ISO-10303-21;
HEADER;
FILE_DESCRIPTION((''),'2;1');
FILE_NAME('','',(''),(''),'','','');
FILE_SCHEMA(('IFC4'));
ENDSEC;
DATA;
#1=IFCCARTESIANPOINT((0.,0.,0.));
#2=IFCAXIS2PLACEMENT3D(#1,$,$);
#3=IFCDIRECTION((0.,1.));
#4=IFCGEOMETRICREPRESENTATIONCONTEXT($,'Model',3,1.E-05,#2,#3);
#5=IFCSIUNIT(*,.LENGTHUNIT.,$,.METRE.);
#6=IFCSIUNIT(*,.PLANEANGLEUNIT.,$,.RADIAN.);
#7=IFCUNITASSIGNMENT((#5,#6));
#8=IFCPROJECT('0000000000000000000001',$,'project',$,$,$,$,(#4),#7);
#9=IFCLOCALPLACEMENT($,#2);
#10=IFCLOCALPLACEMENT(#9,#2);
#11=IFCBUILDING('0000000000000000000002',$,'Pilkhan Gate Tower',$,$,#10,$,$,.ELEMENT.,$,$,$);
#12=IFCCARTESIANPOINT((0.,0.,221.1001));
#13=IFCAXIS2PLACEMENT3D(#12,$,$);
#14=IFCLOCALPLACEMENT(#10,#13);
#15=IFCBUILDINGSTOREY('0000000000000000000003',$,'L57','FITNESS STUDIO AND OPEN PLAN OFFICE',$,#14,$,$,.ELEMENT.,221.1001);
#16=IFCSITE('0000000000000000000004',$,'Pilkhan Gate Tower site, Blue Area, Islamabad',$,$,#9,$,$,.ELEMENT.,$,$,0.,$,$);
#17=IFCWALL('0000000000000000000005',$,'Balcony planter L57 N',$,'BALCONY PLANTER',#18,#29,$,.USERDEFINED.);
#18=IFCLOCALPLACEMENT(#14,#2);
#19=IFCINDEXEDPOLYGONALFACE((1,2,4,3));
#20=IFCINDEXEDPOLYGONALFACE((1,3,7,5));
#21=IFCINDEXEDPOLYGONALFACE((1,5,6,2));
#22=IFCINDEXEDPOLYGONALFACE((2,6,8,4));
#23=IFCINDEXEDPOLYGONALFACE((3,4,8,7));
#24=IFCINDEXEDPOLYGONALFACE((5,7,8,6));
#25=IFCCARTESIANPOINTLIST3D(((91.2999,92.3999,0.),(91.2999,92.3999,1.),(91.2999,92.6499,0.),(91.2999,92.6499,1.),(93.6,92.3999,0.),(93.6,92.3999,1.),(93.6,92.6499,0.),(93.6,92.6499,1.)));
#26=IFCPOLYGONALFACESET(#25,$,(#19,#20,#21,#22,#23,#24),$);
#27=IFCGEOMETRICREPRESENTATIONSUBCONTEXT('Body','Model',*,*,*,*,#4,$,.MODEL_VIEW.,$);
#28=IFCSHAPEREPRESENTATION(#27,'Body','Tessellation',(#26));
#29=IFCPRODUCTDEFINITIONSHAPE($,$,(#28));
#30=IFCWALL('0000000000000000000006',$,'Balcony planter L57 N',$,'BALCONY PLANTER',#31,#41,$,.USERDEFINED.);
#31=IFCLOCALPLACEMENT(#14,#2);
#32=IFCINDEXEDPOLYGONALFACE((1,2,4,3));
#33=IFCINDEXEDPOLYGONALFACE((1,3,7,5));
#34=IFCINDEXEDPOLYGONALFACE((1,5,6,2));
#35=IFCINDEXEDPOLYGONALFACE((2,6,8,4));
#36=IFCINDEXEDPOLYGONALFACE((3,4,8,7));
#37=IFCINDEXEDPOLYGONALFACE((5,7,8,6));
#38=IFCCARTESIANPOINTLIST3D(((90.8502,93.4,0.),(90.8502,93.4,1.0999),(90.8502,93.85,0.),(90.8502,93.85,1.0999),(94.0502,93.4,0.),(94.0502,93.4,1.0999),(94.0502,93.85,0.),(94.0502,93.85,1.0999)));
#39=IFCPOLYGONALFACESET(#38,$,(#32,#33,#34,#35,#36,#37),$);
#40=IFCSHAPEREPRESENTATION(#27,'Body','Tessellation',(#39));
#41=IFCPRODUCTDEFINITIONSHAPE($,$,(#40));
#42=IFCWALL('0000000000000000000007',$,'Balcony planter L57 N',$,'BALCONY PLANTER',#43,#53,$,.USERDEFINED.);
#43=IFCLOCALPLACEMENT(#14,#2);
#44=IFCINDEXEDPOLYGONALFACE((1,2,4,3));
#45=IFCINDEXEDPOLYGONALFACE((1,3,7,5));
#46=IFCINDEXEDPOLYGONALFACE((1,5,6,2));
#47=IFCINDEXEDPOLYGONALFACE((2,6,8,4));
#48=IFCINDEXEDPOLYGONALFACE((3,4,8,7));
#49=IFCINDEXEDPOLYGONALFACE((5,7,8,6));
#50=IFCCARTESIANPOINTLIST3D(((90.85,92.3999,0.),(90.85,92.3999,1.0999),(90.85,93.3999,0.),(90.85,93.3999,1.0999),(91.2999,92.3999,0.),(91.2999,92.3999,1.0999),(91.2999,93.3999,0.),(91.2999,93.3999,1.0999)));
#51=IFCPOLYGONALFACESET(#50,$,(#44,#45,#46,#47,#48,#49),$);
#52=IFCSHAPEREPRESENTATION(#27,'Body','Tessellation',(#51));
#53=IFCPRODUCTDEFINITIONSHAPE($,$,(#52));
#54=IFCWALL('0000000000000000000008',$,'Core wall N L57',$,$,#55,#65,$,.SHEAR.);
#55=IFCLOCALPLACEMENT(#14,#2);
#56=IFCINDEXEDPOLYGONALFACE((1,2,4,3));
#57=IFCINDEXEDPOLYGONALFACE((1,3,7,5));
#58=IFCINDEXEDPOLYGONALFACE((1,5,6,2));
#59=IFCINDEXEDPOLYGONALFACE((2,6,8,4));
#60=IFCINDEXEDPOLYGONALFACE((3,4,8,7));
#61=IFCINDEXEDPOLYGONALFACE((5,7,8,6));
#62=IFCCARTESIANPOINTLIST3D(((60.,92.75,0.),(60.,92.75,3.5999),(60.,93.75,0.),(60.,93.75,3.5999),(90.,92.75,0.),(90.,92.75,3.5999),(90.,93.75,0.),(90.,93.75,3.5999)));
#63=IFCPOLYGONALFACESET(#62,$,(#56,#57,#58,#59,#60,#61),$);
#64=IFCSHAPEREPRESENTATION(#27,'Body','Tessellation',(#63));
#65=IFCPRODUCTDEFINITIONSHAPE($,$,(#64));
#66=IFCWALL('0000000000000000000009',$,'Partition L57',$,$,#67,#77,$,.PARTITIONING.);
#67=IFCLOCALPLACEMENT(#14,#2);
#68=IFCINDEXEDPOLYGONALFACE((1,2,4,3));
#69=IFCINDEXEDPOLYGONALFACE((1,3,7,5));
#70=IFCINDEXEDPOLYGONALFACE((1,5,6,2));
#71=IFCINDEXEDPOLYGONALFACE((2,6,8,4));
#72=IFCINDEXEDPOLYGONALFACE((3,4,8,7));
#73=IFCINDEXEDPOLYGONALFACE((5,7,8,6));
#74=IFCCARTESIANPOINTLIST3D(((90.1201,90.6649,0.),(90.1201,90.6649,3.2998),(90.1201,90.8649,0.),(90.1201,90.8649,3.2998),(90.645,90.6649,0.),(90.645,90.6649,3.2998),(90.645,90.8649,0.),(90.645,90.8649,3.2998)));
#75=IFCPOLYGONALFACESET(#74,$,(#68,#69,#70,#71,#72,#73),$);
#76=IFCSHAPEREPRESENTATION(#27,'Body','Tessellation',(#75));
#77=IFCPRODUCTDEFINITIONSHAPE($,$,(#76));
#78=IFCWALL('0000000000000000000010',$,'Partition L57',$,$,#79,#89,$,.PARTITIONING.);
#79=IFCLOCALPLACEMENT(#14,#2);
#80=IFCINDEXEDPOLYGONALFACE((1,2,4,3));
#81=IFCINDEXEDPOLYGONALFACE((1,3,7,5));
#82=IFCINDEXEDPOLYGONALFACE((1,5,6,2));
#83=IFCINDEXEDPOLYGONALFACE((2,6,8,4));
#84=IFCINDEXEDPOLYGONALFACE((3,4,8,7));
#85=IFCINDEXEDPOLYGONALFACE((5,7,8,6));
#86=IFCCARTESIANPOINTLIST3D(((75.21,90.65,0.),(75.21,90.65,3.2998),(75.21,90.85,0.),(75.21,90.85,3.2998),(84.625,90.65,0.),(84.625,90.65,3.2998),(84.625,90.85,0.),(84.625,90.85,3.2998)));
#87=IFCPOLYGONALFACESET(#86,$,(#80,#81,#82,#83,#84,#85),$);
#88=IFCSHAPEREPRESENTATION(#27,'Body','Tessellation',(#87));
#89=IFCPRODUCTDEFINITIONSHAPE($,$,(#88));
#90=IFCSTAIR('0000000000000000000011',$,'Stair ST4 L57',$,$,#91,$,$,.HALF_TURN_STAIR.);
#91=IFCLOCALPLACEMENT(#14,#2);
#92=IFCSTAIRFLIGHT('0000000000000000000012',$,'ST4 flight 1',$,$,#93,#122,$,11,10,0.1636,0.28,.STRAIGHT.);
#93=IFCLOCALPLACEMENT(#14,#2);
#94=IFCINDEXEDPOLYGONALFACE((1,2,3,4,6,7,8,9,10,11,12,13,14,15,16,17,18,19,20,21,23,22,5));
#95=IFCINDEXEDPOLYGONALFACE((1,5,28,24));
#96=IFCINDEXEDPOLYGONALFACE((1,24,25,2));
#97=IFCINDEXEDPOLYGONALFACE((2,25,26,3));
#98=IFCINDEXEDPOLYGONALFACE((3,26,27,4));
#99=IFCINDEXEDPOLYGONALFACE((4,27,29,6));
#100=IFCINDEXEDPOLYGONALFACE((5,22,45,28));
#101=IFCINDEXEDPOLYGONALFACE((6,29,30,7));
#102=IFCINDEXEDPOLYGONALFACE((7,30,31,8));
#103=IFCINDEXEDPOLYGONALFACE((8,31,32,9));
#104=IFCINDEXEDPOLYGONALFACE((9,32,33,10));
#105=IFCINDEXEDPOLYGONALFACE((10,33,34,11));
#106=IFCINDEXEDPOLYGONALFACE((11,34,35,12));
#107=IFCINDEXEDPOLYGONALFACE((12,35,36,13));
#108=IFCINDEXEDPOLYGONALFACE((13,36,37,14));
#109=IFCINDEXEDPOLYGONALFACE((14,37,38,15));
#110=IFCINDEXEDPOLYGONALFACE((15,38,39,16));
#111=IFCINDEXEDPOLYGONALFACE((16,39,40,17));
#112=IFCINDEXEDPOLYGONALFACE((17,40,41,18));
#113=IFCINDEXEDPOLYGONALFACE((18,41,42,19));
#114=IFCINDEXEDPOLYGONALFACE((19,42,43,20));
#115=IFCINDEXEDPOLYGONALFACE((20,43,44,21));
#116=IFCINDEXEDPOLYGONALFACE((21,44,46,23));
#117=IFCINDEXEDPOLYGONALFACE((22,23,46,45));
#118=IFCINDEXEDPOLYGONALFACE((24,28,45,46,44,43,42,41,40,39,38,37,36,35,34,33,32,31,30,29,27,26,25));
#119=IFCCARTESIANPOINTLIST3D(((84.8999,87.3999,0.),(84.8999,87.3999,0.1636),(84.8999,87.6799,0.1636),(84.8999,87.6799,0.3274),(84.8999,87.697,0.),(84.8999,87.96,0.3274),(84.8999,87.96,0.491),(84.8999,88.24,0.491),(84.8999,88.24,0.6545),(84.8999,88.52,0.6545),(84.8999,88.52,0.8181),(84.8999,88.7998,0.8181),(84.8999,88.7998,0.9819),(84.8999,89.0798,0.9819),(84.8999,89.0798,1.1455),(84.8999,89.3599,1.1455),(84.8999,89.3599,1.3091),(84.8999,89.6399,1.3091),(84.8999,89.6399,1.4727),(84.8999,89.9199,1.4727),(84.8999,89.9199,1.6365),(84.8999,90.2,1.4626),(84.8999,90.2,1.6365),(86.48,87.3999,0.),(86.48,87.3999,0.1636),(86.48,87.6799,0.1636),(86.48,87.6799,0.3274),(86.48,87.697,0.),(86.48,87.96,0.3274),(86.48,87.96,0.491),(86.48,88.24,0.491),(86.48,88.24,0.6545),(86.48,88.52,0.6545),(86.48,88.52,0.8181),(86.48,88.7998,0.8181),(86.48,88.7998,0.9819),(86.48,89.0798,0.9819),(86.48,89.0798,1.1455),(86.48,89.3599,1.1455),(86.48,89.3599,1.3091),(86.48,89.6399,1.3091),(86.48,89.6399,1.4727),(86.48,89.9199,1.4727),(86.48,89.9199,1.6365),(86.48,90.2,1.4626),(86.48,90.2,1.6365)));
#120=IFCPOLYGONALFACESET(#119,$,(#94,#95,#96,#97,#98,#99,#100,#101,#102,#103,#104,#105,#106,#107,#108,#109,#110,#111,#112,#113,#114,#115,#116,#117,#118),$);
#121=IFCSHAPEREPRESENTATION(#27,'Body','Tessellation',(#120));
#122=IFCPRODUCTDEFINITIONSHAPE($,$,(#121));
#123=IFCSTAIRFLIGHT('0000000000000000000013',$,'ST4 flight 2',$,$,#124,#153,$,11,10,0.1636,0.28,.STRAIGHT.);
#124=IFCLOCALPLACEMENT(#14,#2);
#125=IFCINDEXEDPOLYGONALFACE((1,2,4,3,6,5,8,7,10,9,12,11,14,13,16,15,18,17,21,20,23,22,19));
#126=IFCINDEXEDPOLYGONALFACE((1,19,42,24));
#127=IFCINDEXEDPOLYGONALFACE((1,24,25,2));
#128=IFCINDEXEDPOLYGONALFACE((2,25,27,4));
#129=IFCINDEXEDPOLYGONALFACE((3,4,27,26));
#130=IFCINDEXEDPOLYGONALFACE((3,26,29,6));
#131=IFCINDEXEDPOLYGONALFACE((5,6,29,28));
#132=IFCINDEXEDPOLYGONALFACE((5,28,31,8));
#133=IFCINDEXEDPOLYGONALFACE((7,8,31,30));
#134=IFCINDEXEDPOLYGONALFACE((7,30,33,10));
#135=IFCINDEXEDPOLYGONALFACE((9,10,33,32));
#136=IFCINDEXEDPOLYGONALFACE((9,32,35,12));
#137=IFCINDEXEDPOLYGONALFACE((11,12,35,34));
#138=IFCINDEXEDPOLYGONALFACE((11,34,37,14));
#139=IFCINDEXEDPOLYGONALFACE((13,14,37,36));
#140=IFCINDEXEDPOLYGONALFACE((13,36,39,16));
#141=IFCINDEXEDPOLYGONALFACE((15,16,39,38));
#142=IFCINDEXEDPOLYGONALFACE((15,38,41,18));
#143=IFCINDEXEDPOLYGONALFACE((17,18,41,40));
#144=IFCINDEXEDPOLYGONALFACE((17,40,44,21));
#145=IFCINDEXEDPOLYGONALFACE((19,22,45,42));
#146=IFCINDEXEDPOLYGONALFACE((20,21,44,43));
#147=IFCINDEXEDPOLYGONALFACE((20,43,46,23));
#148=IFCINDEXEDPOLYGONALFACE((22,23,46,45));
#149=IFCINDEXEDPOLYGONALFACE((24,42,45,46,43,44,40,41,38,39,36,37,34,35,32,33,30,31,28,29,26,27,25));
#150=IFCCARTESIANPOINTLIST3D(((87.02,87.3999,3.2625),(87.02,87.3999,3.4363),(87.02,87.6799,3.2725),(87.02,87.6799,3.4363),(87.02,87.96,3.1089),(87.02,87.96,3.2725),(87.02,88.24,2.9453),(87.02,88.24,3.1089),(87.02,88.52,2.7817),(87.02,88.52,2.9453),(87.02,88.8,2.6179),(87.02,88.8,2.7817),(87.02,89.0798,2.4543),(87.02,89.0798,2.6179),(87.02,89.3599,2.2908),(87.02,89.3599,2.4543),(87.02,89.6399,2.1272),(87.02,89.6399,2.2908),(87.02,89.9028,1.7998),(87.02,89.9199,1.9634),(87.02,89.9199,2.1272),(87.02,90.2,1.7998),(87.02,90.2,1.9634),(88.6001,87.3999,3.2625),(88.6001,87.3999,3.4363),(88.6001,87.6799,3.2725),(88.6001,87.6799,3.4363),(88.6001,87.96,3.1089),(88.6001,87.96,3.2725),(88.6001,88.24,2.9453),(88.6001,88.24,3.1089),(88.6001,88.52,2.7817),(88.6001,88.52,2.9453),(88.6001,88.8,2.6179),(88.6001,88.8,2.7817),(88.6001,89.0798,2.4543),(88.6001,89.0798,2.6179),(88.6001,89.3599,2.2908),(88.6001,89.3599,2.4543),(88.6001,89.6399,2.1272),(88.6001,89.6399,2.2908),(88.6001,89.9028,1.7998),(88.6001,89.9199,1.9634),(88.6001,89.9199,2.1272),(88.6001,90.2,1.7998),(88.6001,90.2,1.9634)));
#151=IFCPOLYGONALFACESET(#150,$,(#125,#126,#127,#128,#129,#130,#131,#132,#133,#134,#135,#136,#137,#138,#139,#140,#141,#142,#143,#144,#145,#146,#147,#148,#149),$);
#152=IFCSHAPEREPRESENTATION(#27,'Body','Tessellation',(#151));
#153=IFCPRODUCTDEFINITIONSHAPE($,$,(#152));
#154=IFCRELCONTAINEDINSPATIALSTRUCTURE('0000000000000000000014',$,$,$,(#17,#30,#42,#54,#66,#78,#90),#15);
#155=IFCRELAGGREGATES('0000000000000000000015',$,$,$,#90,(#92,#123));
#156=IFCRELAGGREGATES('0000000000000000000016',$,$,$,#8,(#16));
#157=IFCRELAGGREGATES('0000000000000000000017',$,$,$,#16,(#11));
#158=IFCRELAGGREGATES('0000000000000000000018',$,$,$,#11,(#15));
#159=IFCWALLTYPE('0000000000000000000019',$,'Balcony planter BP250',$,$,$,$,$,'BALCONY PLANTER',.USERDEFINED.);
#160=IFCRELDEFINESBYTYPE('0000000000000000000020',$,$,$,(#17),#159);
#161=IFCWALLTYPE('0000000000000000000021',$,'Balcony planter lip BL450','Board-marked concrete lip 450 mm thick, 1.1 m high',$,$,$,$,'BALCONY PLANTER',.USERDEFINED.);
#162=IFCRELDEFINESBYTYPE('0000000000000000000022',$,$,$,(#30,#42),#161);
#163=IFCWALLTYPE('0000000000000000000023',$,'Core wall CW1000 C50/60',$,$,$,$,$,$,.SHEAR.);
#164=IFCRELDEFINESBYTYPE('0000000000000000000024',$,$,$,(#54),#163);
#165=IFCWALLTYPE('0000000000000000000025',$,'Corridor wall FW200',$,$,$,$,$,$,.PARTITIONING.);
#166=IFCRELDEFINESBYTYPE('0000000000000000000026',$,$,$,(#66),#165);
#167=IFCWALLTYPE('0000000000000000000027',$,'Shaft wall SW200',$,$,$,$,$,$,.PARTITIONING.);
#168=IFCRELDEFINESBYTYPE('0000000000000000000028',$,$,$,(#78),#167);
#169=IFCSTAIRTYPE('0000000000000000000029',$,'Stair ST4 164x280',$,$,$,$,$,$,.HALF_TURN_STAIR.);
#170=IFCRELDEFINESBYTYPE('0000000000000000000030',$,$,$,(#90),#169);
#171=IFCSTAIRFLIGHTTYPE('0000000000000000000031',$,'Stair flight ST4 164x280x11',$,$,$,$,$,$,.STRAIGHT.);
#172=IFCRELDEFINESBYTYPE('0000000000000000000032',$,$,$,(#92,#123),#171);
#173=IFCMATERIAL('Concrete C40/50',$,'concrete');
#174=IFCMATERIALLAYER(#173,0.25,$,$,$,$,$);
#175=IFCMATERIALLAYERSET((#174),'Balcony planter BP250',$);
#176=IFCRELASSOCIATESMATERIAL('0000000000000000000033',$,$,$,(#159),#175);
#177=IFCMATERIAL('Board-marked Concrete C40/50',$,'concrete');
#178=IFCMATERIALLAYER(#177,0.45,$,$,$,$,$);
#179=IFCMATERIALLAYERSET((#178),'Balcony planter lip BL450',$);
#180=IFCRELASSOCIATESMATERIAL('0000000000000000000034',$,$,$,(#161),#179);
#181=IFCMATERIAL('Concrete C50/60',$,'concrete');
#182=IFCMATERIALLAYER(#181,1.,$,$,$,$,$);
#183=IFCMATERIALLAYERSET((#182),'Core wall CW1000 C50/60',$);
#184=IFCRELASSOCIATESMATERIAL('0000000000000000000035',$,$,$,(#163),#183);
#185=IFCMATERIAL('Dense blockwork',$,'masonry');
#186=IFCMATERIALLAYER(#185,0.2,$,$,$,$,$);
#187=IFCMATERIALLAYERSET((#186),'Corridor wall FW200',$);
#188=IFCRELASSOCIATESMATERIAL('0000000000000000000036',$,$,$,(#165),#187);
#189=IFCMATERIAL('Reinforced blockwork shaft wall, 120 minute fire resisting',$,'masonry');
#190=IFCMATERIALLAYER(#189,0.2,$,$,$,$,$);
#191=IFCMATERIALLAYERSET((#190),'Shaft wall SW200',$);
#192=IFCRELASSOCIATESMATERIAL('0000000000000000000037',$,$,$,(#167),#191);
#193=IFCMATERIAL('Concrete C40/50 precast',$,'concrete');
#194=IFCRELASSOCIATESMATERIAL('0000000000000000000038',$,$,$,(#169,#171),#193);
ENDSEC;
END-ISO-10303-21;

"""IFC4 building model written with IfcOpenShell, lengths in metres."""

from ifc_helpers import new_model, si_unit, direction, frame, frame_2d, origin, place, context, subcontext, project, spatial, polyline, rectangle, outline, extrude, material, layer, layer_set, type_object, element, aggregate, save


model = new_model("IFC4")

# Units and contexts
model_context = context("Model", 3, precision=1e-05, world=origin(), true_north=direction((0.0, 1.0)))
body_context = subcontext(model_context, "Body", "Model", "MODEL_VIEW")
ifc_project = project(units=[si_unit("LENGTHUNIT", "METRE"), si_unit("PLANEANGLEUNIT", "RADIAN")], contexts=[model_context])

# Site, building, storey
site_placement = place(None, origin())
site = spatial("IfcSite", under=ifc_project, at=site_placement, Name="Pilkhan Gate Tower site, Blue Area, Islamabad", CompositionType="ELEMENT", RefElevation=0.0)
building_placement = place(site_placement, origin())
building = spatial("IfcBuilding", under=site, at=building_placement, Name="Pilkhan Gate Tower", CompositionType="ELEMENT")
storey_placement = place(building_placement, frame((0.0, 0.0, 221.1001)))
storey = spatial("IfcBuildingStorey", under=building, at=storey_placement, Name="L57", Description="FITNESS STUDIO AND OPEN PLAN OFFICE", CompositionType="ELEMENT", Elevation=221.1001)

# Shared definitions
ifc_material_1 = material(Name="Concrete C50/60", Category="concrete")

# Walls
ifc_material_2 = material(Name="Concrete C40/50", Category="concrete")
ifc_layer_1 = layer(ifc_material_2, 0.25)
ifc_layer_set_1 = layer_set([ifc_layer_1], Name="Balcony planter BP250")
wall_type_1 = type_object("IfcWallType", Name="Balcony planter BP250", ElementType="BALCONY PLANTER", PredefinedType="USERDEFINED", material=ifc_layer_set_1)
wall_1_placement = place(storey_placement, frame((91.3, 92.5249, 0.0), z_axis=(0.0, 0.0, 1.0), x_axis=(1.0, 0.0, 0.0)))
element("IfcWall", 1, at=wall_1_placement, inside=storey, type_object=wall_type_1, Name="Balcony planter L57 N", ObjectType="BALCONY PLANTER", PredefinedType="USERDEFINED", context=body_context, shape_type="SweptSolid", body=[
    extrude(rectangle(XDim=2.3, YDim=0.25, at=frame_2d((1.1499, 0.0))), origin(), (0.0, 0.0, 1.0), 1.0),
])
ifc_material_3 = material(Name="Board-marked Concrete C40/50", Category="concrete")
ifc_layer_2 = layer(ifc_material_3, 0.45)
ifc_layer_set_2 = layer_set([ifc_layer_2], Name="Balcony planter lip BL450")
wall_type_2 = type_object("IfcWallType", Name="Balcony planter lip BL450", Description="Board-marked concrete lip 450 mm thick, 1.1 m high", ElementType="BALCONY PLANTER", PredefinedType="USERDEFINED", material=ifc_layer_set_2)
wall_2_placement = place(storey_placement, frame((90.8501, 93.625, 0.0), z_axis=(0.0, 0.0, 1.0), x_axis=(1.0, 0.0, 0.0)))
element("IfcWall", 2, at=wall_2_placement, inside=storey, type_object=wall_type_2, Name="Balcony planter L57 N", ObjectType="BALCONY PLANTER", PredefinedType="USERDEFINED", context=body_context, shape_type="SweptSolid", body=[
    extrude(rectangle(XDim=3.2, YDim=0.45, at=frame_2d((1.6001, 0.0))), origin(), (0.0, 0.0, 1.0), 1.0999),
])
wall_3_placement = place(storey_placement, frame((91.075, 92.3999, 0.0), z_axis=(0.0, 0.0, 1.0), x_axis=(0.0, 1.0, 0.0)))
element("IfcWall", 3, at=wall_3_placement, inside=storey, type_object=wall_type_2, Name="Balcony planter L57 N", ObjectType="BALCONY PLANTER", PredefinedType="USERDEFINED", context=body_context, shape_type="SweptSolid", body=[
    extrude(rectangle(XDim=1.0, YDim=0.45, at=frame_2d((0.5, 0.0))), origin(), (0.0, 0.0, 1.0), 1.0999),
])
ifc_layer_3 = layer(ifc_material_1, 1.0)
ifc_layer_set_3 = layer_set([ifc_layer_3], Name="Core wall CW1000 C50/60")
wall_type_3 = type_object("IfcWallType", Name="Core wall CW1000 C50/60", PredefinedType="SHEAR", material=ifc_layer_set_3)
wall_4_placement = place(storey_placement, frame((90.0, 93.25, 0.0), z_axis=(0.0, 0.0, 1.0), x_axis=(-1.0, 0.0, 0.0)))
element("IfcWall", 4, at=wall_4_placement, inside=storey, type_object=wall_type_3, Name="Core wall N L57", PredefinedType="SHEAR", context=body_context, shape_type="SweptSolid", body=[
    extrude(rectangle(XDim=30.0, YDim=1.0, at=frame_2d((15.0, 0.0))), origin(), (0.0, 0.0, 1.0), 3.5999),
])
ifc_material_4 = material(Name="Dense blockwork", Category="masonry")
ifc_layer_4 = layer(ifc_material_4, 0.2)
ifc_layer_set_4 = layer_set([ifc_layer_4], Name="Corridor wall FW200")
wall_type_4 = type_object("IfcWallType", Name="Corridor wall FW200", PredefinedType="PARTITIONING", material=ifc_layer_set_4)
wall_5_placement = place(storey_placement, frame((90.1201, 90.7649, 0.0), z_axis=(0.0, 0.0, 1.0), x_axis=(1.0, 0.0, 0.0)))
element("IfcWall", 5, at=wall_5_placement, inside=storey, type_object=wall_type_4, Name="Partition L57", PredefinedType="PARTITIONING", context=body_context, shape_type="SweptSolid", body=[
    extrude(rectangle(XDim=0.5249, YDim=0.2, at=frame_2d((0.2625, 0.0))), origin(), (0.0, 0.0, 1.0), 3.2998),
])

# Wall
ifc_material_5 = material(Name="Reinforced blockwork shaft wall, 120 minute fire resisting", Category="masonry")
ifc_layer_5 = layer(ifc_material_5, 0.2)
ifc_layer_set_5 = layer_set([ifc_layer_5], Name="Shaft wall SW200")
wall_type_5 = type_object("IfcWallType", Name="Shaft wall SW200", PredefinedType="PARTITIONING", material=ifc_layer_set_5)
wall_6_placement = place(storey_placement, frame((75.21, 90.75, 0.0), z_axis=(0.0, 0.0, 1.0), x_axis=(1.0, 0.0, 0.0)))
element("IfcWall", 6, at=wall_6_placement, inside=storey, type_object=wall_type_5, Name="Partition L57", PredefinedType="PARTITIONING", context=body_context, shape_type="SweptSolid", body=[
    extrude(rectangle(XDim=9.415, YDim=0.2, at=frame_2d((4.7075, 0.0))), origin(), (0.0, 0.0, 1.0), 3.2998),
])

# Stair, stair flights
ifc_material_6 = material(Name="Concrete C40/50 precast", Category="concrete")
stair_type = type_object("IfcStairType", Name="Stair ST4 164x280", PredefinedType="HALF_TURN_STAIR", material=ifc_material_6)
stair_placement = place(storey_placement, origin())
stair = element("IfcStair", 7, at=stair_placement, inside=storey, type_object=stair_type, Name="Stair ST4 L57", PredefinedType="HALF_TURN_STAIR")
stair_flight_type = type_object("IfcStairFlightType", Name="Stair flight ST4 164x280x11", PredefinedType="STRAIGHT", material=ifc_material_6)
stair_flight_1_placement = place(storey_placement, frame((85.6899, 87.3999, 0.0), z_axis=(0.0, 0.0, 1.0), x_axis=(0.0, 1.0, 0.0)))
stair_flight_1 = element("IfcStairFlight", 8, at=stair_flight_1_placement, type_object=stair_flight_type, Name="ST4 flight 1", NumberOfRisers=11, NumberOfTreads=10, PredefinedType="STRAIGHT", RiserHeight=0.1636, TreadLength=0.28, context=body_context, shape_type="SweptSolid", body=[
    extrude(outline(polyline([(0.0, 0.0), (0.0, 0.1636), (0.28, 0.1636), (0.28, 0.3274), (0.5601, 0.3274), (0.5601, 0.491), (0.8401, 0.491), (0.8401, 0.6545), (1.1201, 0.6545), (1.1201, 0.8181), (1.3999, 0.8181), (1.3999, 0.9819), (1.6799, 0.9819), (1.6799, 1.1455), (1.96, 1.1455), (1.96, 1.3091), (2.24, 1.3091), (2.24, 1.4727), (2.52, 1.4727), (2.52, 1.6365), (2.8, 1.6365), (2.8, 1.8), (2.8, 1.4626), (0.2971, 0.0), (0.0, 0.0)])), frame((0.0, 0.79, 0.0), z_axis=(0.0, -1.0, 0.0), x_axis=(1.0, 0.0, 0.0)), (0.0, 0.0, 1.0), 1.5801),
])
stair_flight_2_placement = place(storey_placement, frame((87.8101, 90.2, 1.7998), z_axis=(0.0, 0.0, 1.0), x_axis=(0.0, -1.0, 0.0)))
stair_flight_2 = element("IfcStairFlight", 9, at=stair_flight_2_placement, type_object=stair_flight_type, Name="ST4 flight 2", NumberOfRisers=11, NumberOfTreads=10, PredefinedType="STRAIGHT", RiserHeight=0.1636, TreadLength=0.28, context=body_context, shape_type="SweptSolid", body=[
    extrude(outline(polyline([(0.0, 0.0), (0.0, 0.1636), (0.28, 0.1636), (0.28, 0.3274), (0.5601, 0.3274), (0.5601, 0.491), (0.8401, 0.491), (0.8401, 0.6545), (1.1201, 0.6545), (1.1201, 0.8181), (1.3999, 0.8181), (1.3999, 0.9819), (1.6799, 0.9819), (1.6799, 1.1455), (1.96, 1.1455), (1.96, 1.3091), (2.24, 1.3091), (2.24, 1.4727), (2.52, 1.4727), (2.52, 1.6365), (2.8, 1.6365), (2.8, 1.8), (2.8, 1.4626), (0.2971, 0.0), (0.0, 0.0)])), frame((0.0, 0.79, 0.0), z_axis=(0.0, -1.0, 0.0), x_axis=(1.0, 0.0, 0.0)), (0.0, 0.0, 1.0), 1.5801),
])
aggregate(stair, [stair_flight_1, stair_flight_2])

save(model, "model.ifc")
